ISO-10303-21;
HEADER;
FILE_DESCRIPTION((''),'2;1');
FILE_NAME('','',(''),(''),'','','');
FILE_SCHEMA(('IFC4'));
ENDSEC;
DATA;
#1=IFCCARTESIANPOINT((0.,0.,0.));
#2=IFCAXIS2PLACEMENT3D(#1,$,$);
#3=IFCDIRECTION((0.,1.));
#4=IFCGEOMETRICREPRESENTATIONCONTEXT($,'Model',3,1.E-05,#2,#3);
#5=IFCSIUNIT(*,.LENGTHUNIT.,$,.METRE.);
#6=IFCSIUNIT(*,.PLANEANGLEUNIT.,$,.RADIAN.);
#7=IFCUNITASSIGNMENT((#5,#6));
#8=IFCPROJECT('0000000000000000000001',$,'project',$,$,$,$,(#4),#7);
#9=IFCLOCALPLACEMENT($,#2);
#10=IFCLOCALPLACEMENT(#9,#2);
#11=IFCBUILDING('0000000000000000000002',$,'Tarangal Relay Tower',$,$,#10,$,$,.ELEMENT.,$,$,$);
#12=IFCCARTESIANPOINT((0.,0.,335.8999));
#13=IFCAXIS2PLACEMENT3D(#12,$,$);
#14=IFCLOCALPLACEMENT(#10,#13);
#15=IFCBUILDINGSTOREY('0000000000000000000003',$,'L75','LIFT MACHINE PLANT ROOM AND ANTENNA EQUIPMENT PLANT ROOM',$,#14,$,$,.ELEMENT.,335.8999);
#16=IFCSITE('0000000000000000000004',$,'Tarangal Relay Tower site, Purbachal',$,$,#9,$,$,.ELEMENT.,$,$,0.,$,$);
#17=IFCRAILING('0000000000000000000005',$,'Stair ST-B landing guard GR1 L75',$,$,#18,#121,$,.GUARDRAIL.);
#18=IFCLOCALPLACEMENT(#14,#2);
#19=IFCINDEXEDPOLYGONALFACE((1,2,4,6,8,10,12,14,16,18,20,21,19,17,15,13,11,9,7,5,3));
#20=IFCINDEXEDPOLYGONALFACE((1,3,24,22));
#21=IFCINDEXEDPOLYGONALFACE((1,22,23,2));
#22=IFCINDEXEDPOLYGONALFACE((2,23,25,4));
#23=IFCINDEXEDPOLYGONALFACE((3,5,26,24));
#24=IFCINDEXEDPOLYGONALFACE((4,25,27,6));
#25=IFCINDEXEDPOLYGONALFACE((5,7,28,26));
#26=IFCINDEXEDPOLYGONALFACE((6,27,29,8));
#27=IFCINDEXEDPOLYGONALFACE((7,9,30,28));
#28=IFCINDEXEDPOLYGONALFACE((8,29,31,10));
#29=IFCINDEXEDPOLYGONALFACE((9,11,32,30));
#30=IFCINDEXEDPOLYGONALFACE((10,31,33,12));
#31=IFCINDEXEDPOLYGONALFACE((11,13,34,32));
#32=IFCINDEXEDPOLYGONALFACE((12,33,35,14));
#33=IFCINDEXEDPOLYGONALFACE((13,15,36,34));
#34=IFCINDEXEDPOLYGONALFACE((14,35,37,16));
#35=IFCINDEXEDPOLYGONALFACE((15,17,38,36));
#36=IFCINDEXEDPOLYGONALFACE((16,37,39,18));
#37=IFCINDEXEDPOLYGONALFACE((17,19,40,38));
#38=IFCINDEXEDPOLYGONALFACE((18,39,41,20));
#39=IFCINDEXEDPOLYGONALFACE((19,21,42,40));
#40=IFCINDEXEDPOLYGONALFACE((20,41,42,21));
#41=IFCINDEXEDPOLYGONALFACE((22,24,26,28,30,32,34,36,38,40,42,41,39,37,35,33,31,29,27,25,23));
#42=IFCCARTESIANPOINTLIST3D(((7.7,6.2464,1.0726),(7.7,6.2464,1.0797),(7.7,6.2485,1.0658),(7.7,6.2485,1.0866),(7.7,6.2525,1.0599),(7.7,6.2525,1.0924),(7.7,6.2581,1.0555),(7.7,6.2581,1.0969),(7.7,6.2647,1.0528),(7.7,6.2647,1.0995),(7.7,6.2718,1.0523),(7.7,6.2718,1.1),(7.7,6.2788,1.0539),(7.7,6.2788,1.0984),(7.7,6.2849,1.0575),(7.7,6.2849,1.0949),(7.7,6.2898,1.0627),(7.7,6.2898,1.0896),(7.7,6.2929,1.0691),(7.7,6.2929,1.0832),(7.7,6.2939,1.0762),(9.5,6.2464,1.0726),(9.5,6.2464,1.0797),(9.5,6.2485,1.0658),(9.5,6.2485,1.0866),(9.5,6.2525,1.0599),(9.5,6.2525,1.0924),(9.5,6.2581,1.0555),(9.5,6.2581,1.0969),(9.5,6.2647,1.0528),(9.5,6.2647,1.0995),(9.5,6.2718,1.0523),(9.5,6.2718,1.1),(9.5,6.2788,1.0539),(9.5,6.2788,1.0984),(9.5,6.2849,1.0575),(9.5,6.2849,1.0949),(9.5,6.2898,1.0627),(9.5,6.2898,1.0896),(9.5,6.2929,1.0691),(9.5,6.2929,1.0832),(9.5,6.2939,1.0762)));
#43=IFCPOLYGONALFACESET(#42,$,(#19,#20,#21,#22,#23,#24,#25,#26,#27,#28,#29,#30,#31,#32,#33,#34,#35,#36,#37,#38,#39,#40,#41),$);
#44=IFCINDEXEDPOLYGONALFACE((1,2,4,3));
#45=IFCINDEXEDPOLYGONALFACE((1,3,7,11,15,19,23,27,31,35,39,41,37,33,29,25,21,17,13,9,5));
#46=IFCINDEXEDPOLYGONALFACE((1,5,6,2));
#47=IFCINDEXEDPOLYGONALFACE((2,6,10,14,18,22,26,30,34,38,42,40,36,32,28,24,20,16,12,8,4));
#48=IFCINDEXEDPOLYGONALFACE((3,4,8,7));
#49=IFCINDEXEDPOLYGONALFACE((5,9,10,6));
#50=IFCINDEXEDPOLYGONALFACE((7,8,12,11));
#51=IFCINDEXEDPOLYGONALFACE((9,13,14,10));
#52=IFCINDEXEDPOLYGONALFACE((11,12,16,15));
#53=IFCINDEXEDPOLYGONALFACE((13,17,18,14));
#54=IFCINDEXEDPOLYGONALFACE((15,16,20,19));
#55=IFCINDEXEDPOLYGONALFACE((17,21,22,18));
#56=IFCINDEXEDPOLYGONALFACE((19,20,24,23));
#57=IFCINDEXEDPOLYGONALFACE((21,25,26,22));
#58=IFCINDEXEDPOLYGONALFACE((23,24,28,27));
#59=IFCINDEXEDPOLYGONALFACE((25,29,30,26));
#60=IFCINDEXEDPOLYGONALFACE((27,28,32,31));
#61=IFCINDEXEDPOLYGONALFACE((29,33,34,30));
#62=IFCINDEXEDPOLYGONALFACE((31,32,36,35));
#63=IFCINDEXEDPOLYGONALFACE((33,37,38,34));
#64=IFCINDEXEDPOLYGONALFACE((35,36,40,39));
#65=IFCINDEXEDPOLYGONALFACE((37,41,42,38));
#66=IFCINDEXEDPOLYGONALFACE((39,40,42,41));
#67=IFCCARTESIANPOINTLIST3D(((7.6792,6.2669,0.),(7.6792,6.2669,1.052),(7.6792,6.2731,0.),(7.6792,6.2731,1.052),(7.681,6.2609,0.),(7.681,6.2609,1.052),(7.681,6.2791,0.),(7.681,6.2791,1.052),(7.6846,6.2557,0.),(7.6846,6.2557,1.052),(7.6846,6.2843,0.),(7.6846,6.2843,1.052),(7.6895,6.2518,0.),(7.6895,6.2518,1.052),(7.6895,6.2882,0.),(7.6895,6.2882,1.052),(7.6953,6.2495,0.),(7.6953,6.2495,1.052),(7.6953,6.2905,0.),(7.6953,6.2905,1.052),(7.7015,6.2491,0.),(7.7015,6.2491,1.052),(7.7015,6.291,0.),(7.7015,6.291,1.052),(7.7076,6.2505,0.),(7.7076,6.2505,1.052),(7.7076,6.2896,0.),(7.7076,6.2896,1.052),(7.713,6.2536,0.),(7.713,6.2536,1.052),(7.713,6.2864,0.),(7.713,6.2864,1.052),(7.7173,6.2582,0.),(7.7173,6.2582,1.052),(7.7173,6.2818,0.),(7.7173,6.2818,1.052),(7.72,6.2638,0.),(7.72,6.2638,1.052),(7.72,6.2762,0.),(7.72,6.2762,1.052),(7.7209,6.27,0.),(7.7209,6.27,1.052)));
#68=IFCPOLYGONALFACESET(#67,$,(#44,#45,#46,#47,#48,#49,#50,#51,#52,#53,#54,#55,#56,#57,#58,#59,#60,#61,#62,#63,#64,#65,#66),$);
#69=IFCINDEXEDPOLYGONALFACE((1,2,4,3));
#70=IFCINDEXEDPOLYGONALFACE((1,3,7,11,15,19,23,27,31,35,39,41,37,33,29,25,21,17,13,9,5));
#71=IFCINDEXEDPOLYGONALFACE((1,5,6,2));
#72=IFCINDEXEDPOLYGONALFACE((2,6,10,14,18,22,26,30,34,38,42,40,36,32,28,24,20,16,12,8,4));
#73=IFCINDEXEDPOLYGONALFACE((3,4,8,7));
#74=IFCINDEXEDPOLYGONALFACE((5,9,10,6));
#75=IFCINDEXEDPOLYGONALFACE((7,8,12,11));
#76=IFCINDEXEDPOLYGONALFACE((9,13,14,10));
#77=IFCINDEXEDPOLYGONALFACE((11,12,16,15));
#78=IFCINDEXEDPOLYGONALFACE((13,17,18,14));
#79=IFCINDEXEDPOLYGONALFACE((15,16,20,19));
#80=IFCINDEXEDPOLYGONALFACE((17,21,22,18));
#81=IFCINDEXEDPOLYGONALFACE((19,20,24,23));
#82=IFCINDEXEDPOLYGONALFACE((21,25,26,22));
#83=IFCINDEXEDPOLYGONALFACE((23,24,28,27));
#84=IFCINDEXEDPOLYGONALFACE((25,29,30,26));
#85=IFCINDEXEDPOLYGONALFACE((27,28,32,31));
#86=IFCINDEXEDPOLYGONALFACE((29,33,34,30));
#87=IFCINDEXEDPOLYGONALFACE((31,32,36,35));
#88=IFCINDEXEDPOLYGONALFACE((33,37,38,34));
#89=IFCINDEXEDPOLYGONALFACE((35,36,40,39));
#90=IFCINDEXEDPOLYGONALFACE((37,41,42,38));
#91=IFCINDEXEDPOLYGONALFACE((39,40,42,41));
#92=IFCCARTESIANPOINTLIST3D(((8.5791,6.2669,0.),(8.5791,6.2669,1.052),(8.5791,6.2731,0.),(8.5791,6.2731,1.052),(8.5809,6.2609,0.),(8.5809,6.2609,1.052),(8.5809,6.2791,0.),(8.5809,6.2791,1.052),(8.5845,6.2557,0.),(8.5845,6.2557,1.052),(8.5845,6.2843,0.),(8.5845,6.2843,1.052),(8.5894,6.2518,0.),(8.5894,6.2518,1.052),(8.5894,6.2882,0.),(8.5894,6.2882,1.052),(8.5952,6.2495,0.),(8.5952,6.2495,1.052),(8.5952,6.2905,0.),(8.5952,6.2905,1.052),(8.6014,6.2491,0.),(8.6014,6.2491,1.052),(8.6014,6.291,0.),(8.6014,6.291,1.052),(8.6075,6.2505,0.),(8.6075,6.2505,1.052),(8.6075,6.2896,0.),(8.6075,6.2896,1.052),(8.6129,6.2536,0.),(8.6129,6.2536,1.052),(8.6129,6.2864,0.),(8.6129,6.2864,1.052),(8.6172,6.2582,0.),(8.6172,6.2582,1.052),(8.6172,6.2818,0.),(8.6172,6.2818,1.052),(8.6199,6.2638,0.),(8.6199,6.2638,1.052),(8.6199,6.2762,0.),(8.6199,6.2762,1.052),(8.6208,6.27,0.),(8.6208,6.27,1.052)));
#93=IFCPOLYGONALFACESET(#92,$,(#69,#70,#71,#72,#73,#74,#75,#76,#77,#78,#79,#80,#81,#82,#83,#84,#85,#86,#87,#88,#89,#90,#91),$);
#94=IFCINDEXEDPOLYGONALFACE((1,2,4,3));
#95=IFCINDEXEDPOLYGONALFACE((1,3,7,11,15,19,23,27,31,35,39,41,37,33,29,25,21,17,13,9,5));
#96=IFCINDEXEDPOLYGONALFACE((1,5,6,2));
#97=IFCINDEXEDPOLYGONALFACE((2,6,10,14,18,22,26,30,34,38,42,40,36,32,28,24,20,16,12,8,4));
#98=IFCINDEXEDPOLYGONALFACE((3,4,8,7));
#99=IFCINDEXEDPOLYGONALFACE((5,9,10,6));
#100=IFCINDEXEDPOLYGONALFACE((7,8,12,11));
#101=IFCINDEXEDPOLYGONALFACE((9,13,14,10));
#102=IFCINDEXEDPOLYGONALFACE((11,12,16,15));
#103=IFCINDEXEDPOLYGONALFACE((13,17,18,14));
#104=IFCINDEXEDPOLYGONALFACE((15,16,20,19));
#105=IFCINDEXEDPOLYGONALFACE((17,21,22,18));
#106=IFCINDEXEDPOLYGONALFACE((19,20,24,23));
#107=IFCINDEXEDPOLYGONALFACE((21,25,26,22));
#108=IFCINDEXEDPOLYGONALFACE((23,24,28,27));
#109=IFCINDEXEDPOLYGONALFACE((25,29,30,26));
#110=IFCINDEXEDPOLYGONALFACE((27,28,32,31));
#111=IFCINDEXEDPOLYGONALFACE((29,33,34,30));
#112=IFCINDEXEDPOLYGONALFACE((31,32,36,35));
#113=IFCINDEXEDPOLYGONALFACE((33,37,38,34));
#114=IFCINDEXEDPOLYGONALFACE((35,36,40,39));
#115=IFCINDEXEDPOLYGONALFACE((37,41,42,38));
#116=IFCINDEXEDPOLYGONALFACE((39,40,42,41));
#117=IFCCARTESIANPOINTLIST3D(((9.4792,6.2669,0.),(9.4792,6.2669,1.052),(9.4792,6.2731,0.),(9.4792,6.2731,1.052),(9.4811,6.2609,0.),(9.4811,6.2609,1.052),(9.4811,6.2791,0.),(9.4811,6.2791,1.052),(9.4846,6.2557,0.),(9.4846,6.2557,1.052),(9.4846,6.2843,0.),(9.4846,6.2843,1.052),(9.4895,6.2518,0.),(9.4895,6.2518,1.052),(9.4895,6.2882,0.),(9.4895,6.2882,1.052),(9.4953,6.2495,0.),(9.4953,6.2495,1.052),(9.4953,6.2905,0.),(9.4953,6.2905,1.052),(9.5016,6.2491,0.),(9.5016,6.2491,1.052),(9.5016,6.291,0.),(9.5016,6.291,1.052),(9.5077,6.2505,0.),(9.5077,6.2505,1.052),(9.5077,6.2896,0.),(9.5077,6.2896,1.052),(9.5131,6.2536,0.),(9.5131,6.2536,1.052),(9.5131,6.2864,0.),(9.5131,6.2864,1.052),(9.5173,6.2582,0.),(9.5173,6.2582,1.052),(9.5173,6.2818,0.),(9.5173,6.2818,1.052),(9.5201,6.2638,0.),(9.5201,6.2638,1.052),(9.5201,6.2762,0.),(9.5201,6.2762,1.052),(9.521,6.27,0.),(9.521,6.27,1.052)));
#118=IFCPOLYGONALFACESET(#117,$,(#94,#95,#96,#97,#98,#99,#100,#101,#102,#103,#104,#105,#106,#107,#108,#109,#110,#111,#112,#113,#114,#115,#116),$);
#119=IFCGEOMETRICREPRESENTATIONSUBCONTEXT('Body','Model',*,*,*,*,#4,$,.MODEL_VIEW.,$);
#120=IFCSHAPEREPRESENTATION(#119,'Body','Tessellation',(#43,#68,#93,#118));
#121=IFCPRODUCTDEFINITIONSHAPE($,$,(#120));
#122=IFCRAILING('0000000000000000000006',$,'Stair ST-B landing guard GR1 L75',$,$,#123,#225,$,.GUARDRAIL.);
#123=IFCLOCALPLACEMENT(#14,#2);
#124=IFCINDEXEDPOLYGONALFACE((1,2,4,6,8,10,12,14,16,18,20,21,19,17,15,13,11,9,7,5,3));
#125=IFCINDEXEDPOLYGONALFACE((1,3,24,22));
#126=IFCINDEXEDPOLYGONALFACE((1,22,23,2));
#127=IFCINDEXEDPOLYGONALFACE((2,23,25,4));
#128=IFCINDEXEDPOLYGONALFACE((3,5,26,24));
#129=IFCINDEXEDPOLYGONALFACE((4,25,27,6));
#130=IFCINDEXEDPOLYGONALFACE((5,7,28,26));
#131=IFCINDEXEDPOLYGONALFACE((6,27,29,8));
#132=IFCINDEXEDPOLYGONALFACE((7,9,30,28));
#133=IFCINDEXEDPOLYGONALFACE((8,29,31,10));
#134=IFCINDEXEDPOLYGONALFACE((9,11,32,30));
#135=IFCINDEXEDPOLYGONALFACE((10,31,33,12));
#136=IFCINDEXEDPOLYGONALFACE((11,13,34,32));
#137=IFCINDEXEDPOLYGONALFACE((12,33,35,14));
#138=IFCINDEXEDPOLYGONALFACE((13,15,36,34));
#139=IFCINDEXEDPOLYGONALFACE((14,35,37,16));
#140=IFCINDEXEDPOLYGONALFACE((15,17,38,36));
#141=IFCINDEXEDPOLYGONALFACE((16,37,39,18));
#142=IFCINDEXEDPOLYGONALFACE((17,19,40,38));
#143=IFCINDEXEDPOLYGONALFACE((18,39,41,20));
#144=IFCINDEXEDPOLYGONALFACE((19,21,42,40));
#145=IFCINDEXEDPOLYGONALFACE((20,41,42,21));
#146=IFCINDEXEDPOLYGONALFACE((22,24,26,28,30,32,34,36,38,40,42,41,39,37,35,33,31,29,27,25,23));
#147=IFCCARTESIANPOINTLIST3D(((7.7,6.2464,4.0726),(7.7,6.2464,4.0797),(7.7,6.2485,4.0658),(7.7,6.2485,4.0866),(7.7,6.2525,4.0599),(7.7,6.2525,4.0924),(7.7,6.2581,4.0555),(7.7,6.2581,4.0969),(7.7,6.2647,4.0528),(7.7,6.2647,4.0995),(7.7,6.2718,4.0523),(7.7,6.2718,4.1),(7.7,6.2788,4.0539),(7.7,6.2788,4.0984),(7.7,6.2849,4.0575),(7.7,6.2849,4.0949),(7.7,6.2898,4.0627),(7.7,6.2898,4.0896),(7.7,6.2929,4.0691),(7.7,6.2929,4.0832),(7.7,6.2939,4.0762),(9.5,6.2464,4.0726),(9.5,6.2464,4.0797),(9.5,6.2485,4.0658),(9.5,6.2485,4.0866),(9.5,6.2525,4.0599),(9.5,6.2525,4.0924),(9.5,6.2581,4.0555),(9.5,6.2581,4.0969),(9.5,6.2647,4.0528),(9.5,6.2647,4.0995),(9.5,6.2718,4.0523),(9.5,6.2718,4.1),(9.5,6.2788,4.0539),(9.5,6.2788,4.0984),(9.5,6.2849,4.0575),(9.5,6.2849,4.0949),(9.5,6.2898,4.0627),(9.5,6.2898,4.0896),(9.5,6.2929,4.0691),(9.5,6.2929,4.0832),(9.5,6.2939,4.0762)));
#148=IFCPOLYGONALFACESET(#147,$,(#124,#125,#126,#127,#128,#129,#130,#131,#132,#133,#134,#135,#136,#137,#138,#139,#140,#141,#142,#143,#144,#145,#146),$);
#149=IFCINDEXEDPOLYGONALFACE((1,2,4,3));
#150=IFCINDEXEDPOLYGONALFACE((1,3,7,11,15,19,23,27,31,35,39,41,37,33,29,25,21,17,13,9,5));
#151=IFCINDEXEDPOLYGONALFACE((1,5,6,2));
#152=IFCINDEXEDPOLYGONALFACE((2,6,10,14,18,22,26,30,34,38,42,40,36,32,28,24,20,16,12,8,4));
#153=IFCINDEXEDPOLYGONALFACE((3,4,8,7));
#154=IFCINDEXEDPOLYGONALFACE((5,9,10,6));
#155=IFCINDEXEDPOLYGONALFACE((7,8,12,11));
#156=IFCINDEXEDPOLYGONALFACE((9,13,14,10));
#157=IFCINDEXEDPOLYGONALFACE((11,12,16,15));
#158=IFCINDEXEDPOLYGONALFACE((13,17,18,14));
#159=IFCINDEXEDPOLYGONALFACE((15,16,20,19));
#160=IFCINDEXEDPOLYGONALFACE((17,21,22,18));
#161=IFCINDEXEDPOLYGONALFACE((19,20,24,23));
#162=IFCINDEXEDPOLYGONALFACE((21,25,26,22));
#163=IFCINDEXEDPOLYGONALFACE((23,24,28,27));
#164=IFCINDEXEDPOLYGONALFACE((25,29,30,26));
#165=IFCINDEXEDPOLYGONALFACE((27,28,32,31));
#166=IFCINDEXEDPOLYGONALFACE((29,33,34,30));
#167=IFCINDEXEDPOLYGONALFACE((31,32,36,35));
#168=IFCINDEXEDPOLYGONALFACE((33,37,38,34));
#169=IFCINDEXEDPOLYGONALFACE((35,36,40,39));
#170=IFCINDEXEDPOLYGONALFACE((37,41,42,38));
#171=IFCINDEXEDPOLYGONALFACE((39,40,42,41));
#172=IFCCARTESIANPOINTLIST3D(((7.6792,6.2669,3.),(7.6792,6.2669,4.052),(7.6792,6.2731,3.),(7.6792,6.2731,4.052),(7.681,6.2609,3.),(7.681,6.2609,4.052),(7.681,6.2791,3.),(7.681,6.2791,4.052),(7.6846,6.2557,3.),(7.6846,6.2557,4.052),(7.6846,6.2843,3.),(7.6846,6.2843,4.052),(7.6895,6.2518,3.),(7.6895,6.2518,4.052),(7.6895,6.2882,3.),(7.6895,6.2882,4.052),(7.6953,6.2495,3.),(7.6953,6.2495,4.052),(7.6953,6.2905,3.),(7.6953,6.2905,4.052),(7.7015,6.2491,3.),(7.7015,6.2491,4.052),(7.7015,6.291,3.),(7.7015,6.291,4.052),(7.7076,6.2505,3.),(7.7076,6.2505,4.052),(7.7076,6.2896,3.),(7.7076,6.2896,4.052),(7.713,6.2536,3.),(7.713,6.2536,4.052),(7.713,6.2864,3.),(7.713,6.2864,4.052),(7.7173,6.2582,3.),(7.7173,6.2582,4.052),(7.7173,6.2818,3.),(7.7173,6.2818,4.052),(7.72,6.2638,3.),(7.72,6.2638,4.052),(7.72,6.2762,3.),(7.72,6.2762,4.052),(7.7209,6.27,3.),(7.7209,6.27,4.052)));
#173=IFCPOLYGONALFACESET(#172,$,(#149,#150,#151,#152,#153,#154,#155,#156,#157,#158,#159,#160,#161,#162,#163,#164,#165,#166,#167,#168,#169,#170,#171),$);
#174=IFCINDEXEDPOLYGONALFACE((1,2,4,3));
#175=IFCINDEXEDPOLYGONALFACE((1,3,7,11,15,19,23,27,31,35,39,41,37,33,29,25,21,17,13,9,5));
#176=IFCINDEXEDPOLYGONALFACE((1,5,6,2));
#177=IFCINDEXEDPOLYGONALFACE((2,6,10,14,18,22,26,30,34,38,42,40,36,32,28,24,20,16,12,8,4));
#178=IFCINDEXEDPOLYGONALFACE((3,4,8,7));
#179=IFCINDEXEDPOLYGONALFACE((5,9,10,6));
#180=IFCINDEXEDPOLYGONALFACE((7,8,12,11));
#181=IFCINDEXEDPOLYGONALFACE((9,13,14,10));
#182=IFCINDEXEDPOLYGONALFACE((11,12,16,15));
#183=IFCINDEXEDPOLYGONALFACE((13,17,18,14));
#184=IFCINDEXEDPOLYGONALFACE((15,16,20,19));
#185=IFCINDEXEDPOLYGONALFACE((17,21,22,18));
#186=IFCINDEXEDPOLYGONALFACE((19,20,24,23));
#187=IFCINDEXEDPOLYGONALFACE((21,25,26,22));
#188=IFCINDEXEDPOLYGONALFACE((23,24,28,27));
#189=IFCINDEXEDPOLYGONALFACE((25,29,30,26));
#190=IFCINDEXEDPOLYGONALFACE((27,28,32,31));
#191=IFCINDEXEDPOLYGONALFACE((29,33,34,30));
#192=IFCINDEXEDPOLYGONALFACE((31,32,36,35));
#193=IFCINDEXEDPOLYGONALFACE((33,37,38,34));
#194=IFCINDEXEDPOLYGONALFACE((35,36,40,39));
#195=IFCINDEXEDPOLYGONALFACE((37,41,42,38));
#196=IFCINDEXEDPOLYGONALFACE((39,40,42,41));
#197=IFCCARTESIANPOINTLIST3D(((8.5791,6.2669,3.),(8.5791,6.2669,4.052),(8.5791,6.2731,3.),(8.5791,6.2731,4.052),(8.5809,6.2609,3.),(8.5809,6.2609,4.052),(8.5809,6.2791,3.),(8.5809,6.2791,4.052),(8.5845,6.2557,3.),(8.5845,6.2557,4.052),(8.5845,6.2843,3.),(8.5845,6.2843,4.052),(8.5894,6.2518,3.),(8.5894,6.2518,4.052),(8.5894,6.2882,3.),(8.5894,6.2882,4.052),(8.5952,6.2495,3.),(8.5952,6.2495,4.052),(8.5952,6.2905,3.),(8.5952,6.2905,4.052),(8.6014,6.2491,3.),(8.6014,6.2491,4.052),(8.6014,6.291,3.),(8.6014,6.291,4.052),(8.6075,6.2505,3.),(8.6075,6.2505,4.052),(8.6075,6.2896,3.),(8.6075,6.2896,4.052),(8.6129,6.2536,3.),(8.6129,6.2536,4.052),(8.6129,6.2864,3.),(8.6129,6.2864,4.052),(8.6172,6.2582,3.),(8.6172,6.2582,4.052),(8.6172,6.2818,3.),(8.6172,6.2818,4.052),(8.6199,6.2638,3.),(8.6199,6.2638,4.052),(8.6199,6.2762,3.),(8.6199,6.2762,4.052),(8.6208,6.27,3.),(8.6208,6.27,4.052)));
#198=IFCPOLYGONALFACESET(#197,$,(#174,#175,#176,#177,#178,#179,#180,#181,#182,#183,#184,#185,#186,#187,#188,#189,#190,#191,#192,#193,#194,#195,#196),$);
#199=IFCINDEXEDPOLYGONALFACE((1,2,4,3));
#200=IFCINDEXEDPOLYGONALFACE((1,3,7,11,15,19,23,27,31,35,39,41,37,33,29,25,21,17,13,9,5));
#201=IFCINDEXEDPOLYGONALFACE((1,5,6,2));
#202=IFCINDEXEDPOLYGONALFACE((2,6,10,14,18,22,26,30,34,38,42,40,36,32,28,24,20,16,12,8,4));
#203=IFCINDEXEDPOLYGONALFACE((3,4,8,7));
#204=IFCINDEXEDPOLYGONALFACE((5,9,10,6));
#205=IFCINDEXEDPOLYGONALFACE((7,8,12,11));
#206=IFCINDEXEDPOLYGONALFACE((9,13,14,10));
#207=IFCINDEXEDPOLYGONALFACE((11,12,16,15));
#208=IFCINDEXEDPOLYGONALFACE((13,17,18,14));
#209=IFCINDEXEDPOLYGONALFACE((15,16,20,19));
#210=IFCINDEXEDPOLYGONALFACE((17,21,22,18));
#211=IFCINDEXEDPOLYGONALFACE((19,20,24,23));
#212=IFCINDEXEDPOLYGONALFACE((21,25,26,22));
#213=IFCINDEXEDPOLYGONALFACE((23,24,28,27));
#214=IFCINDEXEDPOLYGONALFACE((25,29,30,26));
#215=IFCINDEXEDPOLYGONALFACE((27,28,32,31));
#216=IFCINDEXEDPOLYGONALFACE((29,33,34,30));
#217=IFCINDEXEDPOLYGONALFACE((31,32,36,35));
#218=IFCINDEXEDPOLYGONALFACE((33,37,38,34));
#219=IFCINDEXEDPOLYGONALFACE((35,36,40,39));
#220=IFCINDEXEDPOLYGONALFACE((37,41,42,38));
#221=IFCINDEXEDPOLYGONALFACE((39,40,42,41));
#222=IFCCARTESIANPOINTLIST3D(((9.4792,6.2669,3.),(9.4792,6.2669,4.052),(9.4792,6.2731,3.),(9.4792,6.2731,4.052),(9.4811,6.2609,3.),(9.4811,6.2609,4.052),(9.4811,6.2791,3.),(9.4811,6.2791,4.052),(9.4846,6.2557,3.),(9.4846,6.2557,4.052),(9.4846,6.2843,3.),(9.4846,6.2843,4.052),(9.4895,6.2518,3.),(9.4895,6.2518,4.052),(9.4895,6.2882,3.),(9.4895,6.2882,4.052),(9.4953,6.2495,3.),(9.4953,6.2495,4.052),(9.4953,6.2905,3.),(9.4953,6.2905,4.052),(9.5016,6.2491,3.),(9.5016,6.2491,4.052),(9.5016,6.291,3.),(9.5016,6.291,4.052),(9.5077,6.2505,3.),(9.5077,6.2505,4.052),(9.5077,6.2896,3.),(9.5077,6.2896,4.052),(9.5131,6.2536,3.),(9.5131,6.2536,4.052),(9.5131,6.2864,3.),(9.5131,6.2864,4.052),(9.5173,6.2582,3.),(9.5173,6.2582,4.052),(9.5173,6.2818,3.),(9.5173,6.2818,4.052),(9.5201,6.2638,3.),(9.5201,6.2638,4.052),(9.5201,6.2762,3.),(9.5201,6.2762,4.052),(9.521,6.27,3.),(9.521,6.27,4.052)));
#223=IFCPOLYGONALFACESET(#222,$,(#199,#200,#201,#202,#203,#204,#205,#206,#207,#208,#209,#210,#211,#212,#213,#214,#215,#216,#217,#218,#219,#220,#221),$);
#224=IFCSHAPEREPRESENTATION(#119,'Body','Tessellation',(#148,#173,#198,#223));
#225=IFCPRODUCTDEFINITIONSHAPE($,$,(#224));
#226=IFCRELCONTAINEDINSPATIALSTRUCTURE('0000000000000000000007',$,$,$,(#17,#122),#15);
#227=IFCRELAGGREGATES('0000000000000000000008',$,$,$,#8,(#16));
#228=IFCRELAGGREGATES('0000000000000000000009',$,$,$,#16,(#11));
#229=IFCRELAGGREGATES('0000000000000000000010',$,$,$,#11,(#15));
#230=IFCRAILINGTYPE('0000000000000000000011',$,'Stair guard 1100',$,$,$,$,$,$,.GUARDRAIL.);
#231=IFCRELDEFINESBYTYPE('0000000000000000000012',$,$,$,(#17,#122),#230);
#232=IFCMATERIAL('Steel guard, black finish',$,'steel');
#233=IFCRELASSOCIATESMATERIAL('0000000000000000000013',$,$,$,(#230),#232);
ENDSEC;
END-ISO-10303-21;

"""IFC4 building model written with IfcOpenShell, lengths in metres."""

from ifc_helpers import new_model, si_unit, direction, frame, origin, origin_2d, place, context, subcontext, project, spatial, circle, extrude, material, type_object, element, save


model = new_model("IFC4")

# Units and contexts
model_context = context("Model", 3, precision=1e-05, world=origin(), true_north=direction((0.0, 1.0)))
body_context = subcontext(model_context, "Body", "Model", "MODEL_VIEW")
ifc_project = project(units=[si_unit("LENGTHUNIT", "METRE"), si_unit("PLANEANGLEUNIT", "RADIAN")], contexts=[model_context])

# Site, building, storey
site_placement = place(None, origin())
site = spatial("IfcSite", under=ifc_project, at=site_placement, Name="Tarangal Relay Tower site, Purbachal", CompositionType="ELEMENT", RefElevation=0.0)
building_placement = place(site_placement, origin())
building = spatial("IfcBuilding", under=site, at=building_placement, Name="Tarangal Relay Tower", CompositionType="ELEMENT")
storey_placement = place(building_placement, frame((0.0, 0.0, 335.8999)))
storey = spatial("IfcBuildingStorey", under=building, at=storey_placement, Name="L75", Description="LIFT MACHINE PLANT ROOM AND ANTENNA EQUIPMENT PLANT ROOM", CompositionType="ELEMENT", Elevation=335.8999)

# Railings
ifc_material_1 = material(Name="Steel guard, black finish", Category="steel")
railing_type_1 = type_object("IfcRailingType", Name="Stair guard 1100", PredefinedType="GUARDRAIL", material=ifc_material_1)
for number, where, name in (
    (1, (7.7, 6.27, 0.0), "Stair ST-B landing guard GR1 L75"),
    (2, (7.7, 6.27, 3.0), "Stair ST-B landing guard GR1 L75"),
):
    element("IfcRailing", number, at=place(storey_placement, frame(where)), inside=storey, type_object=railing_type_1, Name=name, PredefinedType="GUARDRAIL", context=body_context, shape_type="SweptSolid", body=[
        extrude(circle(Radius=0.0239, at=origin_2d()), frame((0.0, 0.0, 1.0762), z_axis=(1.0, 0.0, 0.0), x_axis=(0.0, 1.0, 0.0)), (0.0, 0.0, 1.0), 1.8),
        extrude(circle(Radius=0.021, at=origin_2d()), origin(), (0.0, 0.0, 1.0), 1.052),
        extrude(circle(Radius=0.021, at=origin_2d()), frame((0.8999, 0.0, 0.0)), (0.0, 0.0, 1.0), 1.052),
        extrude(circle(Radius=0.021, at=origin_2d()), frame((1.8, 0.0, 0.0)), (0.0, 0.0, 1.0), 1.052),
    ])

save(model, "model.ifc")
